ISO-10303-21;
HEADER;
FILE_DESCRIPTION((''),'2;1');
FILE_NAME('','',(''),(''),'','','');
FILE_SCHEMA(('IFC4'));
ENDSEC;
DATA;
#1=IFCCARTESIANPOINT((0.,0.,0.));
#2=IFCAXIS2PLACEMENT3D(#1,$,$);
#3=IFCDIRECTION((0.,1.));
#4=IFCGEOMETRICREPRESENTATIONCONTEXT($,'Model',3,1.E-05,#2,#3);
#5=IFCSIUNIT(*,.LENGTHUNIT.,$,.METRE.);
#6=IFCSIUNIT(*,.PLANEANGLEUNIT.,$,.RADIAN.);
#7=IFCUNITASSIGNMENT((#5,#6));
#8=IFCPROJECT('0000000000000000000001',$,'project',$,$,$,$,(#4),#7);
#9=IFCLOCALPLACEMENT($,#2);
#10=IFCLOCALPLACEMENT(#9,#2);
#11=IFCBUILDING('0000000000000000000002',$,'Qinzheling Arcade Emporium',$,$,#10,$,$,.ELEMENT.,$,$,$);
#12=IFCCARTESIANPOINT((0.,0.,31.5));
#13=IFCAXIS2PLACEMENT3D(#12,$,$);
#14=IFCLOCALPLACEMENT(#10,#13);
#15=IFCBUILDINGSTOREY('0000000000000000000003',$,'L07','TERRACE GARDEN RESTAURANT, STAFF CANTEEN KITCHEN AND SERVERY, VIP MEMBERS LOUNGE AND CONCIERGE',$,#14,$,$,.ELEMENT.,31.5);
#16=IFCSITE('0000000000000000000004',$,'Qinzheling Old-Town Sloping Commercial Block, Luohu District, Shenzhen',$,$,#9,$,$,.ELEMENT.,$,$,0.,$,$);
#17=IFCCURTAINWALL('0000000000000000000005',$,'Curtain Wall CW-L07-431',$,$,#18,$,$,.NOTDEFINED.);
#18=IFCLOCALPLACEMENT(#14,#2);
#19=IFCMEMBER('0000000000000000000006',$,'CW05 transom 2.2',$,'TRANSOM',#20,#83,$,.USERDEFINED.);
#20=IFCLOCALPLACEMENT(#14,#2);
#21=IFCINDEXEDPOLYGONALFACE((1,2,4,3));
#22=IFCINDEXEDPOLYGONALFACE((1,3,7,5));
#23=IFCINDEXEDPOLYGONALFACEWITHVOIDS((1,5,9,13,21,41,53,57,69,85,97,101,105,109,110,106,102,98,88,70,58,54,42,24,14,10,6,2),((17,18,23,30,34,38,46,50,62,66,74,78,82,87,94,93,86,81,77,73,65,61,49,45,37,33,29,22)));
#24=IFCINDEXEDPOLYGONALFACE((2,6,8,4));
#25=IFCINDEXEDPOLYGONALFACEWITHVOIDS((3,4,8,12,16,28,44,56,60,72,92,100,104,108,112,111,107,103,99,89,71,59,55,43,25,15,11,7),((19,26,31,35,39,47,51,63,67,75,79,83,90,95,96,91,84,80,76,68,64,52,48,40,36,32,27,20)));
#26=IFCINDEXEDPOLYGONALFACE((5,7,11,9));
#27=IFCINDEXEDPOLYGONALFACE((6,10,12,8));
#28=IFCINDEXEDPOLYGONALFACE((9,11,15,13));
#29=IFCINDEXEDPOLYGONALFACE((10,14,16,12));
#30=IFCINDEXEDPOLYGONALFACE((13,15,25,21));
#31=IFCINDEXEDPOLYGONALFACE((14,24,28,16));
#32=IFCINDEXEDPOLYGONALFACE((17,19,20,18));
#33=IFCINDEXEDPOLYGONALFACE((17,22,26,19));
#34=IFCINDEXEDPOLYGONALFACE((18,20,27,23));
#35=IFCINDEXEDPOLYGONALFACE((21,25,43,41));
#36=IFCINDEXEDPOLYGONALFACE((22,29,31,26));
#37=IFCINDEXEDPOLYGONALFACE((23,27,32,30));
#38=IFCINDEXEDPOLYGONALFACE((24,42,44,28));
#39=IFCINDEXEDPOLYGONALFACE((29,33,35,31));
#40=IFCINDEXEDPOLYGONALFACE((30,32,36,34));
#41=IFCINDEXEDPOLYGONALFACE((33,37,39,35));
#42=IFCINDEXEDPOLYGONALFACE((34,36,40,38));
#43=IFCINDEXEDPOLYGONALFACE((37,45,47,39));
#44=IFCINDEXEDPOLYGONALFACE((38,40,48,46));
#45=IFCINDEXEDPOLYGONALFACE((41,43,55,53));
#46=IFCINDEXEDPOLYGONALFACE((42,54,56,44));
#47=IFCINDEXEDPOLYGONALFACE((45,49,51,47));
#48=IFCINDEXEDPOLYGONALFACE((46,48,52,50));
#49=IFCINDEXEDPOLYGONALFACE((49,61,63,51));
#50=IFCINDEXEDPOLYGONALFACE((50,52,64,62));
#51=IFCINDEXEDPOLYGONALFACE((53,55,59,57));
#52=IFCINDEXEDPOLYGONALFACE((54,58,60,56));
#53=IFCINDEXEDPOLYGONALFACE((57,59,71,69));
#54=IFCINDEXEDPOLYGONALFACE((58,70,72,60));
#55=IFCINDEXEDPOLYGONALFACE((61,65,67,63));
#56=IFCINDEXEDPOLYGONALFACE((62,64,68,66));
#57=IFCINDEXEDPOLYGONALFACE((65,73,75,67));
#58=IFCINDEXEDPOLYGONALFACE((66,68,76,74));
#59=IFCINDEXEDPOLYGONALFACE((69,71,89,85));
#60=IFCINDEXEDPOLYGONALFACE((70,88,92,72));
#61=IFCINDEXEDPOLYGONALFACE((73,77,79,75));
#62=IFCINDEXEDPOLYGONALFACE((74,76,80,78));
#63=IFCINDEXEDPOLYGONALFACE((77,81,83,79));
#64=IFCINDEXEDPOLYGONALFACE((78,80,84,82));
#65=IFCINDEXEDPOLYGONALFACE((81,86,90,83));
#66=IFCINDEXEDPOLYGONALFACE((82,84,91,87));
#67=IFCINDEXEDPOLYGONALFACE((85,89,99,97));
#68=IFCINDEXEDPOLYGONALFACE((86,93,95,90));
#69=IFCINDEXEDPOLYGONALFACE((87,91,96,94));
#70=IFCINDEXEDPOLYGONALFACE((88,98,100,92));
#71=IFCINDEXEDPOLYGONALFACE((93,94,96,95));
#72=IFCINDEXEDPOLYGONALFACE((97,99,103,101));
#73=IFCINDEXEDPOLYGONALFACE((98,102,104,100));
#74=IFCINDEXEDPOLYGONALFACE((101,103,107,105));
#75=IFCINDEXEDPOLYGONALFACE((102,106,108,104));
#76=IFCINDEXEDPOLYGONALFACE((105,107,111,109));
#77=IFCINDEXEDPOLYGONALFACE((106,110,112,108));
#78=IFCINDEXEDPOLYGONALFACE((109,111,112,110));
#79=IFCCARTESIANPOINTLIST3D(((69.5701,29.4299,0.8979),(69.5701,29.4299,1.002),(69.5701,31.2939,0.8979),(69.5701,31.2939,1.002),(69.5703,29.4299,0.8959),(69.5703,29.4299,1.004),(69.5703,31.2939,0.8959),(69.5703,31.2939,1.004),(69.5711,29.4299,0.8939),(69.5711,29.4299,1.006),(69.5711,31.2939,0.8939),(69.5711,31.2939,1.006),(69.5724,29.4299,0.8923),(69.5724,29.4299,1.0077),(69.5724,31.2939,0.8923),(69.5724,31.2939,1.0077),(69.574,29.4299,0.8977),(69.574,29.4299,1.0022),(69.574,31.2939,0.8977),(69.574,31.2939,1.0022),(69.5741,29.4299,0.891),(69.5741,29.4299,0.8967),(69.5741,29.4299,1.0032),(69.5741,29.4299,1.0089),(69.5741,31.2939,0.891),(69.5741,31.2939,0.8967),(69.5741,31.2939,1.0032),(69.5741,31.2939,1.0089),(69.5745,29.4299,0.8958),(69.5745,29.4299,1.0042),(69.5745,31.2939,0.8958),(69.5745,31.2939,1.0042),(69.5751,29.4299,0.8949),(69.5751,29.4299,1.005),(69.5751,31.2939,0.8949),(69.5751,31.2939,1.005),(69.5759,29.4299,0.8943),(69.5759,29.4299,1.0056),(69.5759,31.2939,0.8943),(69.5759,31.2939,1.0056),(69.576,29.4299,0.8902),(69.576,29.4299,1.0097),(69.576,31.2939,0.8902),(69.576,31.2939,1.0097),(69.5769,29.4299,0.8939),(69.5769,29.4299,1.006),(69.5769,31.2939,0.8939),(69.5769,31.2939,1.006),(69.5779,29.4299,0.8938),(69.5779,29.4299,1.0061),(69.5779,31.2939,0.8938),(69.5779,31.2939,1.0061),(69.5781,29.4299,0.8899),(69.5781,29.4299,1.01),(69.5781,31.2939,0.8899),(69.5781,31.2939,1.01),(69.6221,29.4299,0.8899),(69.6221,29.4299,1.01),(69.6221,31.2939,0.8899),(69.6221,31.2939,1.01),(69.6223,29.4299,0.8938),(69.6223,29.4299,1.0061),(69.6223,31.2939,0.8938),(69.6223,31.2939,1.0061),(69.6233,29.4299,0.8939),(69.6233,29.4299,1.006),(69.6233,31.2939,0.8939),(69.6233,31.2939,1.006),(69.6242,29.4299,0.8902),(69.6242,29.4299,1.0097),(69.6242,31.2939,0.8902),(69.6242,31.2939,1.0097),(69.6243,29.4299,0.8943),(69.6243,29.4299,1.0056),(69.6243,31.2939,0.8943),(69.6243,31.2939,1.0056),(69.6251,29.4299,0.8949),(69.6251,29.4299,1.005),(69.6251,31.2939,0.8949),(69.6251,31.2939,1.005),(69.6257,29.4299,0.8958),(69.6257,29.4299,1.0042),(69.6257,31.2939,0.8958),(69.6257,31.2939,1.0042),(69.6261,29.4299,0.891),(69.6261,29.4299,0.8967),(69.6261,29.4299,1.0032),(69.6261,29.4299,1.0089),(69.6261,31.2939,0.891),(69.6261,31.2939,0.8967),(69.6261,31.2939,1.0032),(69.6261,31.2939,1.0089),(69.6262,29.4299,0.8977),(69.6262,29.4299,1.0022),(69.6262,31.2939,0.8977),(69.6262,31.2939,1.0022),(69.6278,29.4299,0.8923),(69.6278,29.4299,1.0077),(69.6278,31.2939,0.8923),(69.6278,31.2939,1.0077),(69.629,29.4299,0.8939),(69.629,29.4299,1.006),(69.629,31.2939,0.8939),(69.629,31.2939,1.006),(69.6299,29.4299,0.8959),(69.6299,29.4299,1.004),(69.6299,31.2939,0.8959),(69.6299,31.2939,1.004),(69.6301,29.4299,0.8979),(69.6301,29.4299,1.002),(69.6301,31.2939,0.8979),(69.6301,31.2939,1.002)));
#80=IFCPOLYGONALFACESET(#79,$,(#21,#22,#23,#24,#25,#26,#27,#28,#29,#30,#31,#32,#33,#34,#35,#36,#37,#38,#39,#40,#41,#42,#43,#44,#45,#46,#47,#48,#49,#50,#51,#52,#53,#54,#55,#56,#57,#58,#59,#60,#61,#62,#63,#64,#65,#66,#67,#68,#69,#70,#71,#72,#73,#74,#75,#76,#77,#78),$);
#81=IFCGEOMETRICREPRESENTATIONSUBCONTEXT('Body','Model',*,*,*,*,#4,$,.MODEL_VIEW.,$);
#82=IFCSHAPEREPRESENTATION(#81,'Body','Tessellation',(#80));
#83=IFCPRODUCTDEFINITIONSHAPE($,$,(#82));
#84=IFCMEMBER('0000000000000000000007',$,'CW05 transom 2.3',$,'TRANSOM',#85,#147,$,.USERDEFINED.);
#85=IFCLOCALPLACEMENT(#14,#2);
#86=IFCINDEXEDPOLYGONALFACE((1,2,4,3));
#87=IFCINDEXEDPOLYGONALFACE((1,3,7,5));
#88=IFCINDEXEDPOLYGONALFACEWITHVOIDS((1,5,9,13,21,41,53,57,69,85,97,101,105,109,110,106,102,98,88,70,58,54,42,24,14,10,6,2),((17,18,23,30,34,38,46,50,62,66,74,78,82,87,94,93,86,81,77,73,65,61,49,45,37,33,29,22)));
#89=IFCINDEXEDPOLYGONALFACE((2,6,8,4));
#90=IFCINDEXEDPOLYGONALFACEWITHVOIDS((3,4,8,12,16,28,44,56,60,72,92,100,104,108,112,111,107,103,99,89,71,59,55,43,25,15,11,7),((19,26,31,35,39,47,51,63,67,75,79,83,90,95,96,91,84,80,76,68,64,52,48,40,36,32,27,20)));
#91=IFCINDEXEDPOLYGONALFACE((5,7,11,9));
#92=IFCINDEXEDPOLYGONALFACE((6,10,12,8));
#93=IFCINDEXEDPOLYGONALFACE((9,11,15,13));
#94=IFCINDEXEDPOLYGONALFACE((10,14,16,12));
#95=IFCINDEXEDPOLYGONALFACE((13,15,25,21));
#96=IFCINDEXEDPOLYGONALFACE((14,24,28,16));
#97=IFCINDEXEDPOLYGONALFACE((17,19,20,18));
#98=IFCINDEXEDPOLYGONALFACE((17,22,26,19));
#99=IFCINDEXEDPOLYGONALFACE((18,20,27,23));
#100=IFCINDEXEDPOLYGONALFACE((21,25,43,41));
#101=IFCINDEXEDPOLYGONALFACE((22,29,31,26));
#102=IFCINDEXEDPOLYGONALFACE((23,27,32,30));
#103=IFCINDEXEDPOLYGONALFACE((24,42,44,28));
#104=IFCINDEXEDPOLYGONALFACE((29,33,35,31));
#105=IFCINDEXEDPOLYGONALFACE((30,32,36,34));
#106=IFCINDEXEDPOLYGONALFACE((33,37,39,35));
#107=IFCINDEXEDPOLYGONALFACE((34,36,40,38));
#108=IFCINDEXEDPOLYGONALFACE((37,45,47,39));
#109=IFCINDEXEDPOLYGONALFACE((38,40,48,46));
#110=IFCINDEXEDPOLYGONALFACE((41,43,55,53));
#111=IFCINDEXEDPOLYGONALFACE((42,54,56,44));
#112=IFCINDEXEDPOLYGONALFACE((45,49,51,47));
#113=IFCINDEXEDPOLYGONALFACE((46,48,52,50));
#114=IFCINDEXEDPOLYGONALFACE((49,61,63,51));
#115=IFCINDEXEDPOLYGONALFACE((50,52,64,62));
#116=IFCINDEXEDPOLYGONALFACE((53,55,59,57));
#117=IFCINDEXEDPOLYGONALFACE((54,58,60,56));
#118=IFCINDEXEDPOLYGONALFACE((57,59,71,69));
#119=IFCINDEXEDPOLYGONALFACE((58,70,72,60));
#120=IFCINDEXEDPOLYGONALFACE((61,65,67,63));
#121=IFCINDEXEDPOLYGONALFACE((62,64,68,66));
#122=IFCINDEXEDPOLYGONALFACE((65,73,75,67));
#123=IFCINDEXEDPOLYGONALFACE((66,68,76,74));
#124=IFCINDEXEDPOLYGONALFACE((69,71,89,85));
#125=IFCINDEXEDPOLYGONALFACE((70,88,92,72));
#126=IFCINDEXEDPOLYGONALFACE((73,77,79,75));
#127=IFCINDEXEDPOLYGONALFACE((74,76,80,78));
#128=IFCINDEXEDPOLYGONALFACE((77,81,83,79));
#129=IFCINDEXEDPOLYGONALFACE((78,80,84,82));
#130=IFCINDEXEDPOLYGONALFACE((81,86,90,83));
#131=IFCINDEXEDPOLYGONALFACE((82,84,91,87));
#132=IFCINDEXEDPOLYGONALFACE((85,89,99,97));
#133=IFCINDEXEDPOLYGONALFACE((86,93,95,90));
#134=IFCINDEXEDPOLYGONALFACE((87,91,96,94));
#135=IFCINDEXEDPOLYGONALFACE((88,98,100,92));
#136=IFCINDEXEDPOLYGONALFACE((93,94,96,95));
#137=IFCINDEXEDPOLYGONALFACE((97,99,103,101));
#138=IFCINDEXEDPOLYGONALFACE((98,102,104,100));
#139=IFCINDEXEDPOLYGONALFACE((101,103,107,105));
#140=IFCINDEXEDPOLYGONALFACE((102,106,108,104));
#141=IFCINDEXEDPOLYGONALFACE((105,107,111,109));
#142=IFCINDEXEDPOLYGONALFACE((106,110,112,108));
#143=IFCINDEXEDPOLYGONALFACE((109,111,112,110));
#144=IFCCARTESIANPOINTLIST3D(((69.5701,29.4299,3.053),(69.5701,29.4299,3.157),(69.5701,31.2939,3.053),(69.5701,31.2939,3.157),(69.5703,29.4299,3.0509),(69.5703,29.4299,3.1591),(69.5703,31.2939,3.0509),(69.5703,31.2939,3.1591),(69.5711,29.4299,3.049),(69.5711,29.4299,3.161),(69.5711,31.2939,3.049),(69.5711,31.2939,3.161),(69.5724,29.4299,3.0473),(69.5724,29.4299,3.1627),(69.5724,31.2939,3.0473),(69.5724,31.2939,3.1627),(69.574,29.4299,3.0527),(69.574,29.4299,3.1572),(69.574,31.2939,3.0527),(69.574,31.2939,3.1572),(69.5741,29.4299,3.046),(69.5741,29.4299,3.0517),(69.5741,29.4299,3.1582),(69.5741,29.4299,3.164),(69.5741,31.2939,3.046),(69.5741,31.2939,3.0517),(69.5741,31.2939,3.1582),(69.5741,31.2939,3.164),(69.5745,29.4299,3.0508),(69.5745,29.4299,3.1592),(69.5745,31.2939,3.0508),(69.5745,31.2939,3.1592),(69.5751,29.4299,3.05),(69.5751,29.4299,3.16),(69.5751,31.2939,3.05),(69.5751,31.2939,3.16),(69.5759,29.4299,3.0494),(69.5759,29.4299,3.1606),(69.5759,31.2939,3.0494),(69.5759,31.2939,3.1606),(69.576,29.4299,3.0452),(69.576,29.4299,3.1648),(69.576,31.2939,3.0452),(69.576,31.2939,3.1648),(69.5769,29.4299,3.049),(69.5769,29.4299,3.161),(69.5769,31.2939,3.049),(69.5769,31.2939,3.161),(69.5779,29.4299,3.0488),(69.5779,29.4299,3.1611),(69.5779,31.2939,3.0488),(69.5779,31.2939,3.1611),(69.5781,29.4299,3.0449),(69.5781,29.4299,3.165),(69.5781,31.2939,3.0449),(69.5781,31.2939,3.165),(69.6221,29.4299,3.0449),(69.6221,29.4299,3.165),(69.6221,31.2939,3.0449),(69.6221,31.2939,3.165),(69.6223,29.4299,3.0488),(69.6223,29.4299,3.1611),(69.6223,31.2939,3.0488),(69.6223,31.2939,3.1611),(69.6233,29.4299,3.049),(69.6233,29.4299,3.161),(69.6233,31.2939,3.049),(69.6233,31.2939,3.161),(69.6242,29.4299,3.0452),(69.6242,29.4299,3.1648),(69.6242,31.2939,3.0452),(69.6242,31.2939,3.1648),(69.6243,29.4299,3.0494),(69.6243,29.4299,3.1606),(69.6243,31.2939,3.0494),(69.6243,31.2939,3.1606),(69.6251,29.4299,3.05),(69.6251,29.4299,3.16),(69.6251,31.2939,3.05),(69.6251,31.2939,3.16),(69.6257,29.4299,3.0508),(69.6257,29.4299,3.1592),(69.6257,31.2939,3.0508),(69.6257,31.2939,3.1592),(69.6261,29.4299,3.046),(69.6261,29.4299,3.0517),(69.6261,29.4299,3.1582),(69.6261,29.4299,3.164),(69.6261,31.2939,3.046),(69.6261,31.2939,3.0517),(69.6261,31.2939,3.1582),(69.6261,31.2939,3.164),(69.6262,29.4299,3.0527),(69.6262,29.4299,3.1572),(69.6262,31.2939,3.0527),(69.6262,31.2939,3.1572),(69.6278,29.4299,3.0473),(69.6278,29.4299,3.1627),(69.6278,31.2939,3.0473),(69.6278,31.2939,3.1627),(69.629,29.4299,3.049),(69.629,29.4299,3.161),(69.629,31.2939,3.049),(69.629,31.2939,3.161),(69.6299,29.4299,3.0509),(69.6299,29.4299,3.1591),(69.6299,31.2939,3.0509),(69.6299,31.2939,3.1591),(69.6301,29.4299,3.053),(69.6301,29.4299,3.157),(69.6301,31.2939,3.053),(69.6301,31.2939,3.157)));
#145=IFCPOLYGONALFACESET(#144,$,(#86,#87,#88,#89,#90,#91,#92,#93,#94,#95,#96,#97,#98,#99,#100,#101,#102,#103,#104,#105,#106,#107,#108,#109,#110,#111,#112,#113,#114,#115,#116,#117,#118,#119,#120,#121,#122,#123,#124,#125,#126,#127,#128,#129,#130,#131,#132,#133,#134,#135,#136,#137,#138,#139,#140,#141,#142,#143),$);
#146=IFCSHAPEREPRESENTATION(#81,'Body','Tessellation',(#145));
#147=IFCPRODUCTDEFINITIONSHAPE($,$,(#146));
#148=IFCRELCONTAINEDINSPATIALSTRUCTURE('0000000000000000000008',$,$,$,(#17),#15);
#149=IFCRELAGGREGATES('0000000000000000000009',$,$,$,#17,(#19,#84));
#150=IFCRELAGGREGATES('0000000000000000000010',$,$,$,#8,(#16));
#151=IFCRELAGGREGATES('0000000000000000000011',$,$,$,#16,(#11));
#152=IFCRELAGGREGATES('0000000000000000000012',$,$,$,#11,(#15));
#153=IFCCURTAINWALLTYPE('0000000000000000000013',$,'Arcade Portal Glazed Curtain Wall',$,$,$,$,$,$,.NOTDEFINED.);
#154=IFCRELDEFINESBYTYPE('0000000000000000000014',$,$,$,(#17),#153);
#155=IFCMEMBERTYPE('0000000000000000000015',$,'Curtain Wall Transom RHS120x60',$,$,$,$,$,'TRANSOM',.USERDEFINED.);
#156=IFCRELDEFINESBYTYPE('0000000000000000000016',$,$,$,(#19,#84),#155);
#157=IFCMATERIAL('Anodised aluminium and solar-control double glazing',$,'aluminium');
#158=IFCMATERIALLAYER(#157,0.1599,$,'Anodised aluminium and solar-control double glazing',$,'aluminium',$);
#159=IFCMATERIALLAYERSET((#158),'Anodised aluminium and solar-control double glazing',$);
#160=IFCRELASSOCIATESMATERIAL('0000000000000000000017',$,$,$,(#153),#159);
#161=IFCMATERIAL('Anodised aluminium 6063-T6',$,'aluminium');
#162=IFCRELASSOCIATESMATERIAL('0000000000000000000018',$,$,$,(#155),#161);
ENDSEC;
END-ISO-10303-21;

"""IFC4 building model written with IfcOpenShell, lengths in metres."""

from ifc_helpers import new_model, si_unit, direction, frame, origin, origin_2d, place, context, subcontext, project, spatial, hollow_rectangle, extrude, material, layer, layer_set, material_profile, profile_set, type_object, element, aggregate, save


model = new_model("IFC4")

# Units and contexts
model_context = context("Model", 3, precision=1e-05, world=origin(), true_north=direction((0.0, 1.0)))
body_context = subcontext(model_context, "Body", "Model", "MODEL_VIEW")
ifc_project = project(units=[si_unit("LENGTHUNIT", "METRE"), si_unit("PLANEANGLEUNIT", "RADIAN")], contexts=[model_context])

# Site, building, storey
site_placement = place(None, origin())
site = spatial("IfcSite", under=ifc_project, at=site_placement, Name="Qinzheling Old-Town Sloping Commercial Block, Luohu District, Shenzhen", CompositionType="ELEMENT", RefElevation=0.0)
building_placement = place(site_placement, origin())
building = spatial("IfcBuilding", under=site, at=building_placement, Name="Qinzheling Arcade Emporium", CompositionType="ELEMENT")
storey_placement = place(building_placement, frame((0.0, 0.0, 31.5)))
storey = spatial("IfcBuildingStorey", under=building, at=storey_placement, Name="L07", Description="TERRACE GARDEN RESTAURANT, STAFF CANTEEN KITCHEN AND SERVERY, VIP MEMBERS LOUNGE AND CONCIERGE", CompositionType="ELEMENT", Elevation=31.5)

# Curtain wall, members
ifc_material_1 = material(Name="Anodised aluminium and solar-control double glazing", Category="aluminium")
ifc_layer_1 = layer(ifc_material_1, 0.1599, Name="Anodised aluminium and solar-control double glazing", Category="aluminium")
ifc_layer_set_1 = layer_set([ifc_layer_1], Name="Anodised aluminium and solar-control double glazing")
curtain_wall_type = type_object("IfcCurtainWallType", Name="Arcade Portal Glazed Curtain Wall", PredefinedType="NOTDEFINED", material=ifc_layer_set_1)
curtain_wall_placement = place(storey_placement, origin())
curtain_wall = element("IfcCurtainWall", 1, at=curtain_wall_placement, inside=storey, type_object=curtain_wall_type, Name="Curtain Wall CW-L07-431", PredefinedType="NOTDEFINED")
ifc_material_2 = material(Name="Anodised aluminium 6063-T6", Category="aluminium")
ifc_material_profile_1 = material_profile(ifc_material_2, hollow_rectangle(XDim=0.0601, YDim=0.1201, WallThickness=0.0039, InnerFilletRadius=0.0039, OuterFilletRadius=0.0081, at=origin_2d()), Name="RHS 120x60x4", Category="aluminium")
ifc_profile_set_1 = profile_set([ifc_material_profile_1], Name="Anodised aluminium 6063-T6")
member_type_1 = type_object("IfcMemberType", Name="Curtain Wall Transom RHS120x60", ElementType="TRANSOM", PredefinedType="USERDEFINED", material=ifc_profile_set_1)
member_1_placement = place(storey_placement, frame((69.6001, 31.2939, 0.95), z_axis=(0.0, -1.0, 0.0), x_axis=(1.0, 0.0, 0.0)))
member_1 = element("IfcMember", 2, at=member_1_placement, type_object=member_type_1, Name="CW05 transom 2.2", ObjectType="TRANSOM", PredefinedType="USERDEFINED", context=body_context, shape_type="SweptSolid", body=[
    extrude(hollow_rectangle(XDim=0.0601, YDim=0.1201, WallThickness=0.0039, InnerFilletRadius=0.0039, OuterFilletRadius=0.0081, at=origin_2d()), origin(), (0.0, 0.0, 1.0), 1.864),
])
member_2_placement = place(storey_placement, frame((69.6001, 31.2939, 3.105), z_axis=(0.0, -1.0, 0.0), x_axis=(1.0, 0.0, 0.0)))
member_2 = element("IfcMember", 3, at=member_2_placement, type_object=member_type_1, Name="CW05 transom 2.3", ObjectType="TRANSOM", PredefinedType="USERDEFINED", context=body_context, shape_type="SweptSolid", body=[
    extrude(hollow_rectangle(XDim=0.0601, YDim=0.1201, WallThickness=0.0039, InnerFilletRadius=0.0039, OuterFilletRadius=0.0081, at=origin_2d()), origin(), (0.0, 0.0, 1.0), 1.864),
])
aggregate(curtain_wall, [member_1, member_2])

save(model, "model.ifc")
